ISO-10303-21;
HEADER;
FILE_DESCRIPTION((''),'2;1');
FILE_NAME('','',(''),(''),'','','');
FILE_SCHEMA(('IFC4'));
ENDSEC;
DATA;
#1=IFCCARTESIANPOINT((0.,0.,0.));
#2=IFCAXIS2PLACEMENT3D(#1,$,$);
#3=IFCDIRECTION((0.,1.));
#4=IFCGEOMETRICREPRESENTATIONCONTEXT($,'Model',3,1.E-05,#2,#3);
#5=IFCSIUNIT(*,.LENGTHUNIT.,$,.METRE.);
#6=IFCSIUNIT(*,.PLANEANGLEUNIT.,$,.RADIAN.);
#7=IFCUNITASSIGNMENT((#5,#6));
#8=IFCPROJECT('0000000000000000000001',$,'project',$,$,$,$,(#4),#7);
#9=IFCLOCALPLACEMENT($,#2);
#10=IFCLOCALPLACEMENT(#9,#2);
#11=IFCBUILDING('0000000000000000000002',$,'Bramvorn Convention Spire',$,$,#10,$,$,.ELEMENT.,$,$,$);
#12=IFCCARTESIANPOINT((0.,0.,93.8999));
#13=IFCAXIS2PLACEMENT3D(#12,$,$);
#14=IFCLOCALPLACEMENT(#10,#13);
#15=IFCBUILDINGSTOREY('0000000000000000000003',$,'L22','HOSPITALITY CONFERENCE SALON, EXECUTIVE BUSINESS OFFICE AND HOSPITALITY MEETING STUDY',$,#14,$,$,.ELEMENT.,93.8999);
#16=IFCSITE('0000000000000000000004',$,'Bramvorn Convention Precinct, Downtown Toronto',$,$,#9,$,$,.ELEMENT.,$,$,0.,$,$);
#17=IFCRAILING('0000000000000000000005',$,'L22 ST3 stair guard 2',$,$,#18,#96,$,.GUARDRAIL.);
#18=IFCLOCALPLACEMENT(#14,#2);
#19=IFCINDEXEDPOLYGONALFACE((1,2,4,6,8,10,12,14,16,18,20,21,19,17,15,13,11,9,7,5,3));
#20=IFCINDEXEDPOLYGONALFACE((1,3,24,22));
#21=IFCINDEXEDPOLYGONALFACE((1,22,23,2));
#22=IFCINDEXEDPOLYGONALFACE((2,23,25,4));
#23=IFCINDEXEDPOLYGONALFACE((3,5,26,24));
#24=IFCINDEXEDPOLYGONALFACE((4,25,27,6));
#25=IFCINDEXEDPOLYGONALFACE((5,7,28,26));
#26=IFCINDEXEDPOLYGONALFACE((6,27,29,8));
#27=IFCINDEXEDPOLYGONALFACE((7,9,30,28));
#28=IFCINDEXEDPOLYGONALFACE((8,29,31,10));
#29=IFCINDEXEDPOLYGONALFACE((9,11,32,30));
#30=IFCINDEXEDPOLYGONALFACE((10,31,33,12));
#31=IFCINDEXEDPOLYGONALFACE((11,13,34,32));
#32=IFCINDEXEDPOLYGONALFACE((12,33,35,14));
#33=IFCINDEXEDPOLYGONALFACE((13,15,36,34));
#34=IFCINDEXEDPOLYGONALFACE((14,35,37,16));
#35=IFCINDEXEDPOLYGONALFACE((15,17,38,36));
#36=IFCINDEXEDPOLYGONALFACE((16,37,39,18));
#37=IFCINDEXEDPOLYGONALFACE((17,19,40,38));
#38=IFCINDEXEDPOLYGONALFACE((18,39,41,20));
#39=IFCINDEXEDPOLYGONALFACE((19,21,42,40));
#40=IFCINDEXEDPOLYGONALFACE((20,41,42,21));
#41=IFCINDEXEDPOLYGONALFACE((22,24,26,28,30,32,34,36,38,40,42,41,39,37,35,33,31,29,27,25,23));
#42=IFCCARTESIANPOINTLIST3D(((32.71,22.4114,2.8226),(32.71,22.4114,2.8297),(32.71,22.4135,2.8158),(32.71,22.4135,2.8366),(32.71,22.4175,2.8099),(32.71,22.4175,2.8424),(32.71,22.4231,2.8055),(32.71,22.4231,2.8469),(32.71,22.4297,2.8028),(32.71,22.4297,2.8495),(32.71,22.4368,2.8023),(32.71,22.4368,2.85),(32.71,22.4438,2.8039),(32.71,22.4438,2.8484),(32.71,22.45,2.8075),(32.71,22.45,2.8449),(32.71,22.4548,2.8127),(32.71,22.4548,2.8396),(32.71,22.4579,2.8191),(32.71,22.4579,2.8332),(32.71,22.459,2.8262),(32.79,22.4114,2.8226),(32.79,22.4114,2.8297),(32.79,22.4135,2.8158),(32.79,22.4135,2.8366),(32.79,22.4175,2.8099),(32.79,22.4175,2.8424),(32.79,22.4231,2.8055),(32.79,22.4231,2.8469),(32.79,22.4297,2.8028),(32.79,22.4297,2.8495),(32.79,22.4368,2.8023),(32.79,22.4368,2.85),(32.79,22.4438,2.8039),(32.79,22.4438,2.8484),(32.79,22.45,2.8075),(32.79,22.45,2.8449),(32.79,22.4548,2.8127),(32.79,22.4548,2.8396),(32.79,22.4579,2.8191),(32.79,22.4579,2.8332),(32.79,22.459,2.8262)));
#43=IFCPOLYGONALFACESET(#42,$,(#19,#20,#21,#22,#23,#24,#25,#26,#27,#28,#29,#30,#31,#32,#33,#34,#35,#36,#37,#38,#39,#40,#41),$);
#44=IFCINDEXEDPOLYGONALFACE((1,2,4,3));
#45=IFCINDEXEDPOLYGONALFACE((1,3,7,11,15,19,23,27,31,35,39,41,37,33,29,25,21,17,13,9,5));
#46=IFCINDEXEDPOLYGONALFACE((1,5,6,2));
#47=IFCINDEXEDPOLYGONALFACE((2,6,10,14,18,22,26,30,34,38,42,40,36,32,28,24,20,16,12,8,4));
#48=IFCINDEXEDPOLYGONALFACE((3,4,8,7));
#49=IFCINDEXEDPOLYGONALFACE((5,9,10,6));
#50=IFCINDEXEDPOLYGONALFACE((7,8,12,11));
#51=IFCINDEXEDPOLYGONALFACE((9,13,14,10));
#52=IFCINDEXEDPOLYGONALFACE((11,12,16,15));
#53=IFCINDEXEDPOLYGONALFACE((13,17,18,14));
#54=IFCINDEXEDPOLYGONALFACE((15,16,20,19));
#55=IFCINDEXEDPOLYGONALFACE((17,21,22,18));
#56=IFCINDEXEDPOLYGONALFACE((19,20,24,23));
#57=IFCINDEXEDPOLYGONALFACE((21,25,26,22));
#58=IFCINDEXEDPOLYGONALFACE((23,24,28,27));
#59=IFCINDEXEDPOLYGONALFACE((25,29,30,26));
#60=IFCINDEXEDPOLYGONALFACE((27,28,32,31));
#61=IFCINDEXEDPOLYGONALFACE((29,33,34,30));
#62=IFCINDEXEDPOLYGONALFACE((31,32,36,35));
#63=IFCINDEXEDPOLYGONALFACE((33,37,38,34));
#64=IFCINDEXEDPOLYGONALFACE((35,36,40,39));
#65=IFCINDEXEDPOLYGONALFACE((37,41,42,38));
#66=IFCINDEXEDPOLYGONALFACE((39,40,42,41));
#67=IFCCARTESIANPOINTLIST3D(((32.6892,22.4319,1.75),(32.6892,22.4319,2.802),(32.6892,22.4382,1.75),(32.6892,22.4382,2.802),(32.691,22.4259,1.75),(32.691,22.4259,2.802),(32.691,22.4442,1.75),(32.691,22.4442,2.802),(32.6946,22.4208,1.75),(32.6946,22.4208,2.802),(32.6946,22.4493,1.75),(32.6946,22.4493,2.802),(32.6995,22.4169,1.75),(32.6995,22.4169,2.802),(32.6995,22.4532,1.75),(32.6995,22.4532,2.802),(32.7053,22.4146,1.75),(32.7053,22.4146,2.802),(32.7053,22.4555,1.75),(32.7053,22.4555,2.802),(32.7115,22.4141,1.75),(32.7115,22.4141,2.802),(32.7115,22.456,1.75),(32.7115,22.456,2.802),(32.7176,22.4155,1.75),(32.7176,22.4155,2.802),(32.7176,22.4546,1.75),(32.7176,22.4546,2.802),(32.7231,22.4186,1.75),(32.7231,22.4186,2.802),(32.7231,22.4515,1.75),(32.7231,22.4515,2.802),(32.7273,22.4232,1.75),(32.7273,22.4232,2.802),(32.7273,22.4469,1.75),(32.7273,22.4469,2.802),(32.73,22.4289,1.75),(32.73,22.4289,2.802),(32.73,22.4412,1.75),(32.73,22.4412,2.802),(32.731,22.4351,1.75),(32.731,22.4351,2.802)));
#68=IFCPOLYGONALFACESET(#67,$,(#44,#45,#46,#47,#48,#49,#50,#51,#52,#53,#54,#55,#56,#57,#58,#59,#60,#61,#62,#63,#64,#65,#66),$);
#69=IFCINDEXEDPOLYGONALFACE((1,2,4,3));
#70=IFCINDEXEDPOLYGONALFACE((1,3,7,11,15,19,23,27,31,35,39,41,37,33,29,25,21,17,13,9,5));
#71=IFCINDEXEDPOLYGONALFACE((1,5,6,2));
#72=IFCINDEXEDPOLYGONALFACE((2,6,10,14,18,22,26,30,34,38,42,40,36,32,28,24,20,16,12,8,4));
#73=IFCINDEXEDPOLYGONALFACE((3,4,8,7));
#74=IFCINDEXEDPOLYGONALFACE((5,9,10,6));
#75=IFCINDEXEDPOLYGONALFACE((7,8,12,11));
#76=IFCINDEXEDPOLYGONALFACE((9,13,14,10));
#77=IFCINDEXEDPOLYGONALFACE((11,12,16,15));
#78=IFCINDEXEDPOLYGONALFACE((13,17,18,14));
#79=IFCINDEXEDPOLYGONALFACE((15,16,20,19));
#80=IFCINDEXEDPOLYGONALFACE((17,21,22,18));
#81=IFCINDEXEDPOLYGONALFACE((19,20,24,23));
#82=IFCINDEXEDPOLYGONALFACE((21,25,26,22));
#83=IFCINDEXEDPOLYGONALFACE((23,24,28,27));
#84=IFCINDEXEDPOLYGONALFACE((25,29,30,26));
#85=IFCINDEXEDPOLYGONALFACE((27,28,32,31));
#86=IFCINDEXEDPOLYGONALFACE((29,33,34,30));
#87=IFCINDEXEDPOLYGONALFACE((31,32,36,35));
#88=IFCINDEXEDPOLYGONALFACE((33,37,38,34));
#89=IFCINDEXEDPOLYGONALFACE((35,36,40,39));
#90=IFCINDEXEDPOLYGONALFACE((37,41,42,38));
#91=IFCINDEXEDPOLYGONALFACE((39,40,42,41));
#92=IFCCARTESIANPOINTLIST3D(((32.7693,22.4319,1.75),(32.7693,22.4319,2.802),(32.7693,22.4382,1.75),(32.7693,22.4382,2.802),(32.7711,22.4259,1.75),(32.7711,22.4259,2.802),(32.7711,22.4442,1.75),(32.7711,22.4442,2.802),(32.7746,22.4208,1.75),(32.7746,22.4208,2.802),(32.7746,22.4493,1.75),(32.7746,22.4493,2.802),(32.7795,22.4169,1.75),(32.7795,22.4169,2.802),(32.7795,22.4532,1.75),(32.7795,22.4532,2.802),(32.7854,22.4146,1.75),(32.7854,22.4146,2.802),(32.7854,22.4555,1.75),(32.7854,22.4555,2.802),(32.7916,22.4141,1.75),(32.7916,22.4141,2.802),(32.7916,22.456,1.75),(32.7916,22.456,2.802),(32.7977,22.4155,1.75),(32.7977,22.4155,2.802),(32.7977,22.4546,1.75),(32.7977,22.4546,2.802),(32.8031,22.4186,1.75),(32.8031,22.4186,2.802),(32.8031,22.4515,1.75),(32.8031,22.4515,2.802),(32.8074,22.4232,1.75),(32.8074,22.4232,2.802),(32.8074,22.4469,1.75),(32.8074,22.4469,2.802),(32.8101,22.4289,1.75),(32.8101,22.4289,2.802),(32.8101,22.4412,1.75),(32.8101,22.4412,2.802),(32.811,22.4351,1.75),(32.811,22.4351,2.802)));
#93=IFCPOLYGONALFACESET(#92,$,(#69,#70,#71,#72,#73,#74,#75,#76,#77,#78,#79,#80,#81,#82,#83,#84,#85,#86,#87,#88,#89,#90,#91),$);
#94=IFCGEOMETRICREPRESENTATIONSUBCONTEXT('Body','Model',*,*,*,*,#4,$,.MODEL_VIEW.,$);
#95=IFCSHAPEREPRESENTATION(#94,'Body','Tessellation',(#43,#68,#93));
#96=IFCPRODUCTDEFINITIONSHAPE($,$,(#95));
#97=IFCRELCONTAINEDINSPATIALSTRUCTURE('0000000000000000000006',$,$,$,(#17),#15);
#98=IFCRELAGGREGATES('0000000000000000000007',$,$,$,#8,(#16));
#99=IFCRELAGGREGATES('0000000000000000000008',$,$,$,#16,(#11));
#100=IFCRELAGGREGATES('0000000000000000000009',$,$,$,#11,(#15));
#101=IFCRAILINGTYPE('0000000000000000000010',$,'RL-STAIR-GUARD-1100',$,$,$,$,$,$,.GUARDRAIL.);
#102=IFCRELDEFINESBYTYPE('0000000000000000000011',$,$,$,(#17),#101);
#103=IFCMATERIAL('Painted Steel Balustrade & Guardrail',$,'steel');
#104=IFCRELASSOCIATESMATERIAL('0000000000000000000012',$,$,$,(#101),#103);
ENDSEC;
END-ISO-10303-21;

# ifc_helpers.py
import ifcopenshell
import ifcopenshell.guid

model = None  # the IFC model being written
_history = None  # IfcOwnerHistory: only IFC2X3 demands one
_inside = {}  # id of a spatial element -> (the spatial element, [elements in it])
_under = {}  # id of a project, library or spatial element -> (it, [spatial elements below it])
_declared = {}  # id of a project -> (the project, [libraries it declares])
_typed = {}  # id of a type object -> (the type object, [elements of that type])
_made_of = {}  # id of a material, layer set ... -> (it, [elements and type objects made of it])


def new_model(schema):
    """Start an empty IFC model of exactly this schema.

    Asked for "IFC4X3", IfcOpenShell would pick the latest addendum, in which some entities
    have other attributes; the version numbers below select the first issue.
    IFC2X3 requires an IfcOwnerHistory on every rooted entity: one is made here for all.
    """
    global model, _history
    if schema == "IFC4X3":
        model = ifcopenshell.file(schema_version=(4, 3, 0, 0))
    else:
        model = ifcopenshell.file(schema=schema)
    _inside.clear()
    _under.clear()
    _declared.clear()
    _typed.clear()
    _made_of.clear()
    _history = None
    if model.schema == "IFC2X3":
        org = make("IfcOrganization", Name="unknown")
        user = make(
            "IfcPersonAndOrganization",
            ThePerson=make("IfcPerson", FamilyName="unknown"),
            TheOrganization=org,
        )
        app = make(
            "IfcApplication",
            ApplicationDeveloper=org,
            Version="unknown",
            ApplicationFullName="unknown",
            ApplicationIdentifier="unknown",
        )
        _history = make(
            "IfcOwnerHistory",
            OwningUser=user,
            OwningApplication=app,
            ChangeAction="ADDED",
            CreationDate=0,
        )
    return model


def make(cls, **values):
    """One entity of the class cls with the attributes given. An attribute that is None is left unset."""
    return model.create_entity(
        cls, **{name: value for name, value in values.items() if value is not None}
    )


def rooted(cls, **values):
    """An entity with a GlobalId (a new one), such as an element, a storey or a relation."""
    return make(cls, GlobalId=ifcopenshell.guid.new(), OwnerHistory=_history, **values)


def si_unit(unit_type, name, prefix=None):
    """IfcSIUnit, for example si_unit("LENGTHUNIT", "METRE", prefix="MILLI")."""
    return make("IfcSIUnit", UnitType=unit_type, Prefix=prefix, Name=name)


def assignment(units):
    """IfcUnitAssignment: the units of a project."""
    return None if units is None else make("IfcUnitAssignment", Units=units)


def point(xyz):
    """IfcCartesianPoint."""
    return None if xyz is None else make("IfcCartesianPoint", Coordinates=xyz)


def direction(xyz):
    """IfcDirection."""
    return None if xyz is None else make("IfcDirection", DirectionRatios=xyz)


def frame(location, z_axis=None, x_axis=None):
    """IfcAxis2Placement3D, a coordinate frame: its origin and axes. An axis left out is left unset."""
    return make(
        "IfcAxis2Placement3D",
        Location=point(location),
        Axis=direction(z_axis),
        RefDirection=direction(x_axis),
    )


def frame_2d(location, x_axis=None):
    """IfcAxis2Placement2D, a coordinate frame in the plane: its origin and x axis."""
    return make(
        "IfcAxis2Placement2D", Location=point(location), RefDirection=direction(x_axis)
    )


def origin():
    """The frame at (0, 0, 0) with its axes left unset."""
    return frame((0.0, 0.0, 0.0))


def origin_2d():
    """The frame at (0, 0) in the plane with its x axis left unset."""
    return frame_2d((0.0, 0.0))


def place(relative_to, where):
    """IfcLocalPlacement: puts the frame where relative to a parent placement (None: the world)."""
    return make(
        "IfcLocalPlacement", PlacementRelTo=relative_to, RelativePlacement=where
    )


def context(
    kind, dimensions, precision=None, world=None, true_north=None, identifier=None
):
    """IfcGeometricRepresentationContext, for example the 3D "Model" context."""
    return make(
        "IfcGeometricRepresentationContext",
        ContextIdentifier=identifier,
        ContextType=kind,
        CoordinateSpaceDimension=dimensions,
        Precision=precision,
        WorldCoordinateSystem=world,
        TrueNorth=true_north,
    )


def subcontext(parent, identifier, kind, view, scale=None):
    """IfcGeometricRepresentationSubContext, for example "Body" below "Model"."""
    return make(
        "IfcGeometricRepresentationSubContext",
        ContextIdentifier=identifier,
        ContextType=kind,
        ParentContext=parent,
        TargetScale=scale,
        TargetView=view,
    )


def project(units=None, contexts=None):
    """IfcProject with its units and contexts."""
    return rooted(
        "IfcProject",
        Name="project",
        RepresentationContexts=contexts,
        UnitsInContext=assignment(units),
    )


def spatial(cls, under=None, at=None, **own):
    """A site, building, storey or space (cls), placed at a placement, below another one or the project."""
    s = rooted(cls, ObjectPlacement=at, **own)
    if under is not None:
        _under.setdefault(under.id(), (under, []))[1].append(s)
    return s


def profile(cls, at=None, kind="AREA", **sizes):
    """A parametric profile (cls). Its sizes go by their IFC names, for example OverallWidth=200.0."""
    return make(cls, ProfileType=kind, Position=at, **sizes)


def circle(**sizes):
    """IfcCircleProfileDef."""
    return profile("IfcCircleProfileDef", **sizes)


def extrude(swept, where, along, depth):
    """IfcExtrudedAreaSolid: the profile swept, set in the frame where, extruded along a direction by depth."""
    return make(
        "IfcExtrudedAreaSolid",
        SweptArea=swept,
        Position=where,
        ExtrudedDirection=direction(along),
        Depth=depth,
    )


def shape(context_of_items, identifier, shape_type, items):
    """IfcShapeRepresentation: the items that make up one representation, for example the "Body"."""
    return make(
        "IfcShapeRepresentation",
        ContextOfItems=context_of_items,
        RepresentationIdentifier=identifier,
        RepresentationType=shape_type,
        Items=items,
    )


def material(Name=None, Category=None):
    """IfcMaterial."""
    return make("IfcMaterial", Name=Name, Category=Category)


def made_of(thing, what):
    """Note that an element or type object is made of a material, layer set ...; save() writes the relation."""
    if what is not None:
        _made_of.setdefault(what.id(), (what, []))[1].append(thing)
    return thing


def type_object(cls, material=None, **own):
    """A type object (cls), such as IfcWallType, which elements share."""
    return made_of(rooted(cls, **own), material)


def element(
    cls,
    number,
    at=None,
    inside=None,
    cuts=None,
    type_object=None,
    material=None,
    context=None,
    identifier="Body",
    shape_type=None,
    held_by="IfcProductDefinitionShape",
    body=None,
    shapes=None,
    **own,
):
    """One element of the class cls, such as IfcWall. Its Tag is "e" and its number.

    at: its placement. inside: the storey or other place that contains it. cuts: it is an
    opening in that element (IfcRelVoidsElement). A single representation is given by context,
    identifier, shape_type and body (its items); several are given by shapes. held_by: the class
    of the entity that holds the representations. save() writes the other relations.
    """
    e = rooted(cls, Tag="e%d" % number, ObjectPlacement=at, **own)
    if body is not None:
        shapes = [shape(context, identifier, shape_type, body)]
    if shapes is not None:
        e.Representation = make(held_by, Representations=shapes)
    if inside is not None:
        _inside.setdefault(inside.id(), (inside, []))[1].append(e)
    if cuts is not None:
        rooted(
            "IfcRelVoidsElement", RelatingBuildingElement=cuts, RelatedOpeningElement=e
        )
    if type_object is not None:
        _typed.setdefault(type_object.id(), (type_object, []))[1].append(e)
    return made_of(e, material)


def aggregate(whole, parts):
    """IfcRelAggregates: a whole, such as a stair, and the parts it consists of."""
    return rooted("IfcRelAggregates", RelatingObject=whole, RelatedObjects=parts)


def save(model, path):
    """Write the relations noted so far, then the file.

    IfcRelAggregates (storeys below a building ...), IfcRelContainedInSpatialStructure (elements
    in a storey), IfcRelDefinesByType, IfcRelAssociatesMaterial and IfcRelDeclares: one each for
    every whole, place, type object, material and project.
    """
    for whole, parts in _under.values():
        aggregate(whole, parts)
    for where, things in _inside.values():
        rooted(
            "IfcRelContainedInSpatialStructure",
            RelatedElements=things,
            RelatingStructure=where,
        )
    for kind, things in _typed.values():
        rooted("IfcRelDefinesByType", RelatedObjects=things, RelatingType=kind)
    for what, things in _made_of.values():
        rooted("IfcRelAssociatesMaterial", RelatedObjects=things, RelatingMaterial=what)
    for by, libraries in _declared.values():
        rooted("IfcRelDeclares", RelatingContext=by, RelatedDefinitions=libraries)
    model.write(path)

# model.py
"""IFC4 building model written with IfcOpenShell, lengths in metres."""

from ifc_helpers import new_model, si_unit, direction, frame, origin, origin_2d, place, context, subcontext, project, spatial, circle, extrude, material, type_object, element, save


model = new_model("IFC4")

# Units and contexts
model_context = context("Model", 3, precision=1e-05, world=origin(), true_north=direction((0.0, 1.0)))
body_context = subcontext(model_context, "Body", "Model", "MODEL_VIEW")
ifc_project = project(units=[si_unit("LENGTHUNIT", "METRE"), si_unit("PLANEANGLEUNIT", "RADIAN")], contexts=[model_context])

# Site, building, storey
site_placement = place(None, origin())
site = spatial("IfcSite", under=ifc_project, at=site_placement, Name="Bramvorn Convention Precinct, Downtown Toronto", CompositionType="ELEMENT", RefElevation=0.0)
building_placement = place(site_placement, origin())
building = spatial("IfcBuilding", under=site, at=building_placement, Name="Bramvorn Convention Spire", CompositionType="ELEMENT")
storey_placement = place(building_placement, frame((0.0, 0.0, 93.8999)))
storey = spatial("IfcBuildingStorey", under=building, at=storey_placement, Name="L22", Description="HOSPITALITY CONFERENCE SALON, EXECUTIVE BUSINESS OFFICE AND HOSPITALITY MEETING STUDY", CompositionType="ELEMENT", Elevation=93.8999)

# Railing
ifc_material_1 = material(Name="Painted Steel Balustrade & Guardrail", Category="steel")
railing_type_1 = type_object("IfcRailingType", Name="RL-STAIR-GUARD-1100", PredefinedType="GUARDRAIL", material=ifc_material_1)
railing_1_placement = place(storey_placement, frame((32.71, 22.4351, 1.75)))
element("IfcRailing", 1, at=railing_1_placement, inside=storey, type_object=railing_type_1, Name="L22 ST3 stair guard 2", PredefinedType="GUARDRAIL", context=body_context, shape_type="SweptSolid", body=[
    extrude(circle(Radius=0.0239, at=origin_2d()), frame((0.0, 0.0, 1.0762), z_axis=(1.0, 0.0, 0.0), x_axis=(0.0, 1.0, 0.0)), (0.0, 0.0, 1.0), 0.0801),
    extrude(circle(Radius=0.021, at=origin_2d()), origin(), (0.0, 0.0, 1.0), 1.052),
    extrude(circle(Radius=0.021, at=origin_2d()), frame((0.0801, 0.0, 0.0)), (0.0, 0.0, 1.0), 1.052),
])

save(model, "model.ifc")
